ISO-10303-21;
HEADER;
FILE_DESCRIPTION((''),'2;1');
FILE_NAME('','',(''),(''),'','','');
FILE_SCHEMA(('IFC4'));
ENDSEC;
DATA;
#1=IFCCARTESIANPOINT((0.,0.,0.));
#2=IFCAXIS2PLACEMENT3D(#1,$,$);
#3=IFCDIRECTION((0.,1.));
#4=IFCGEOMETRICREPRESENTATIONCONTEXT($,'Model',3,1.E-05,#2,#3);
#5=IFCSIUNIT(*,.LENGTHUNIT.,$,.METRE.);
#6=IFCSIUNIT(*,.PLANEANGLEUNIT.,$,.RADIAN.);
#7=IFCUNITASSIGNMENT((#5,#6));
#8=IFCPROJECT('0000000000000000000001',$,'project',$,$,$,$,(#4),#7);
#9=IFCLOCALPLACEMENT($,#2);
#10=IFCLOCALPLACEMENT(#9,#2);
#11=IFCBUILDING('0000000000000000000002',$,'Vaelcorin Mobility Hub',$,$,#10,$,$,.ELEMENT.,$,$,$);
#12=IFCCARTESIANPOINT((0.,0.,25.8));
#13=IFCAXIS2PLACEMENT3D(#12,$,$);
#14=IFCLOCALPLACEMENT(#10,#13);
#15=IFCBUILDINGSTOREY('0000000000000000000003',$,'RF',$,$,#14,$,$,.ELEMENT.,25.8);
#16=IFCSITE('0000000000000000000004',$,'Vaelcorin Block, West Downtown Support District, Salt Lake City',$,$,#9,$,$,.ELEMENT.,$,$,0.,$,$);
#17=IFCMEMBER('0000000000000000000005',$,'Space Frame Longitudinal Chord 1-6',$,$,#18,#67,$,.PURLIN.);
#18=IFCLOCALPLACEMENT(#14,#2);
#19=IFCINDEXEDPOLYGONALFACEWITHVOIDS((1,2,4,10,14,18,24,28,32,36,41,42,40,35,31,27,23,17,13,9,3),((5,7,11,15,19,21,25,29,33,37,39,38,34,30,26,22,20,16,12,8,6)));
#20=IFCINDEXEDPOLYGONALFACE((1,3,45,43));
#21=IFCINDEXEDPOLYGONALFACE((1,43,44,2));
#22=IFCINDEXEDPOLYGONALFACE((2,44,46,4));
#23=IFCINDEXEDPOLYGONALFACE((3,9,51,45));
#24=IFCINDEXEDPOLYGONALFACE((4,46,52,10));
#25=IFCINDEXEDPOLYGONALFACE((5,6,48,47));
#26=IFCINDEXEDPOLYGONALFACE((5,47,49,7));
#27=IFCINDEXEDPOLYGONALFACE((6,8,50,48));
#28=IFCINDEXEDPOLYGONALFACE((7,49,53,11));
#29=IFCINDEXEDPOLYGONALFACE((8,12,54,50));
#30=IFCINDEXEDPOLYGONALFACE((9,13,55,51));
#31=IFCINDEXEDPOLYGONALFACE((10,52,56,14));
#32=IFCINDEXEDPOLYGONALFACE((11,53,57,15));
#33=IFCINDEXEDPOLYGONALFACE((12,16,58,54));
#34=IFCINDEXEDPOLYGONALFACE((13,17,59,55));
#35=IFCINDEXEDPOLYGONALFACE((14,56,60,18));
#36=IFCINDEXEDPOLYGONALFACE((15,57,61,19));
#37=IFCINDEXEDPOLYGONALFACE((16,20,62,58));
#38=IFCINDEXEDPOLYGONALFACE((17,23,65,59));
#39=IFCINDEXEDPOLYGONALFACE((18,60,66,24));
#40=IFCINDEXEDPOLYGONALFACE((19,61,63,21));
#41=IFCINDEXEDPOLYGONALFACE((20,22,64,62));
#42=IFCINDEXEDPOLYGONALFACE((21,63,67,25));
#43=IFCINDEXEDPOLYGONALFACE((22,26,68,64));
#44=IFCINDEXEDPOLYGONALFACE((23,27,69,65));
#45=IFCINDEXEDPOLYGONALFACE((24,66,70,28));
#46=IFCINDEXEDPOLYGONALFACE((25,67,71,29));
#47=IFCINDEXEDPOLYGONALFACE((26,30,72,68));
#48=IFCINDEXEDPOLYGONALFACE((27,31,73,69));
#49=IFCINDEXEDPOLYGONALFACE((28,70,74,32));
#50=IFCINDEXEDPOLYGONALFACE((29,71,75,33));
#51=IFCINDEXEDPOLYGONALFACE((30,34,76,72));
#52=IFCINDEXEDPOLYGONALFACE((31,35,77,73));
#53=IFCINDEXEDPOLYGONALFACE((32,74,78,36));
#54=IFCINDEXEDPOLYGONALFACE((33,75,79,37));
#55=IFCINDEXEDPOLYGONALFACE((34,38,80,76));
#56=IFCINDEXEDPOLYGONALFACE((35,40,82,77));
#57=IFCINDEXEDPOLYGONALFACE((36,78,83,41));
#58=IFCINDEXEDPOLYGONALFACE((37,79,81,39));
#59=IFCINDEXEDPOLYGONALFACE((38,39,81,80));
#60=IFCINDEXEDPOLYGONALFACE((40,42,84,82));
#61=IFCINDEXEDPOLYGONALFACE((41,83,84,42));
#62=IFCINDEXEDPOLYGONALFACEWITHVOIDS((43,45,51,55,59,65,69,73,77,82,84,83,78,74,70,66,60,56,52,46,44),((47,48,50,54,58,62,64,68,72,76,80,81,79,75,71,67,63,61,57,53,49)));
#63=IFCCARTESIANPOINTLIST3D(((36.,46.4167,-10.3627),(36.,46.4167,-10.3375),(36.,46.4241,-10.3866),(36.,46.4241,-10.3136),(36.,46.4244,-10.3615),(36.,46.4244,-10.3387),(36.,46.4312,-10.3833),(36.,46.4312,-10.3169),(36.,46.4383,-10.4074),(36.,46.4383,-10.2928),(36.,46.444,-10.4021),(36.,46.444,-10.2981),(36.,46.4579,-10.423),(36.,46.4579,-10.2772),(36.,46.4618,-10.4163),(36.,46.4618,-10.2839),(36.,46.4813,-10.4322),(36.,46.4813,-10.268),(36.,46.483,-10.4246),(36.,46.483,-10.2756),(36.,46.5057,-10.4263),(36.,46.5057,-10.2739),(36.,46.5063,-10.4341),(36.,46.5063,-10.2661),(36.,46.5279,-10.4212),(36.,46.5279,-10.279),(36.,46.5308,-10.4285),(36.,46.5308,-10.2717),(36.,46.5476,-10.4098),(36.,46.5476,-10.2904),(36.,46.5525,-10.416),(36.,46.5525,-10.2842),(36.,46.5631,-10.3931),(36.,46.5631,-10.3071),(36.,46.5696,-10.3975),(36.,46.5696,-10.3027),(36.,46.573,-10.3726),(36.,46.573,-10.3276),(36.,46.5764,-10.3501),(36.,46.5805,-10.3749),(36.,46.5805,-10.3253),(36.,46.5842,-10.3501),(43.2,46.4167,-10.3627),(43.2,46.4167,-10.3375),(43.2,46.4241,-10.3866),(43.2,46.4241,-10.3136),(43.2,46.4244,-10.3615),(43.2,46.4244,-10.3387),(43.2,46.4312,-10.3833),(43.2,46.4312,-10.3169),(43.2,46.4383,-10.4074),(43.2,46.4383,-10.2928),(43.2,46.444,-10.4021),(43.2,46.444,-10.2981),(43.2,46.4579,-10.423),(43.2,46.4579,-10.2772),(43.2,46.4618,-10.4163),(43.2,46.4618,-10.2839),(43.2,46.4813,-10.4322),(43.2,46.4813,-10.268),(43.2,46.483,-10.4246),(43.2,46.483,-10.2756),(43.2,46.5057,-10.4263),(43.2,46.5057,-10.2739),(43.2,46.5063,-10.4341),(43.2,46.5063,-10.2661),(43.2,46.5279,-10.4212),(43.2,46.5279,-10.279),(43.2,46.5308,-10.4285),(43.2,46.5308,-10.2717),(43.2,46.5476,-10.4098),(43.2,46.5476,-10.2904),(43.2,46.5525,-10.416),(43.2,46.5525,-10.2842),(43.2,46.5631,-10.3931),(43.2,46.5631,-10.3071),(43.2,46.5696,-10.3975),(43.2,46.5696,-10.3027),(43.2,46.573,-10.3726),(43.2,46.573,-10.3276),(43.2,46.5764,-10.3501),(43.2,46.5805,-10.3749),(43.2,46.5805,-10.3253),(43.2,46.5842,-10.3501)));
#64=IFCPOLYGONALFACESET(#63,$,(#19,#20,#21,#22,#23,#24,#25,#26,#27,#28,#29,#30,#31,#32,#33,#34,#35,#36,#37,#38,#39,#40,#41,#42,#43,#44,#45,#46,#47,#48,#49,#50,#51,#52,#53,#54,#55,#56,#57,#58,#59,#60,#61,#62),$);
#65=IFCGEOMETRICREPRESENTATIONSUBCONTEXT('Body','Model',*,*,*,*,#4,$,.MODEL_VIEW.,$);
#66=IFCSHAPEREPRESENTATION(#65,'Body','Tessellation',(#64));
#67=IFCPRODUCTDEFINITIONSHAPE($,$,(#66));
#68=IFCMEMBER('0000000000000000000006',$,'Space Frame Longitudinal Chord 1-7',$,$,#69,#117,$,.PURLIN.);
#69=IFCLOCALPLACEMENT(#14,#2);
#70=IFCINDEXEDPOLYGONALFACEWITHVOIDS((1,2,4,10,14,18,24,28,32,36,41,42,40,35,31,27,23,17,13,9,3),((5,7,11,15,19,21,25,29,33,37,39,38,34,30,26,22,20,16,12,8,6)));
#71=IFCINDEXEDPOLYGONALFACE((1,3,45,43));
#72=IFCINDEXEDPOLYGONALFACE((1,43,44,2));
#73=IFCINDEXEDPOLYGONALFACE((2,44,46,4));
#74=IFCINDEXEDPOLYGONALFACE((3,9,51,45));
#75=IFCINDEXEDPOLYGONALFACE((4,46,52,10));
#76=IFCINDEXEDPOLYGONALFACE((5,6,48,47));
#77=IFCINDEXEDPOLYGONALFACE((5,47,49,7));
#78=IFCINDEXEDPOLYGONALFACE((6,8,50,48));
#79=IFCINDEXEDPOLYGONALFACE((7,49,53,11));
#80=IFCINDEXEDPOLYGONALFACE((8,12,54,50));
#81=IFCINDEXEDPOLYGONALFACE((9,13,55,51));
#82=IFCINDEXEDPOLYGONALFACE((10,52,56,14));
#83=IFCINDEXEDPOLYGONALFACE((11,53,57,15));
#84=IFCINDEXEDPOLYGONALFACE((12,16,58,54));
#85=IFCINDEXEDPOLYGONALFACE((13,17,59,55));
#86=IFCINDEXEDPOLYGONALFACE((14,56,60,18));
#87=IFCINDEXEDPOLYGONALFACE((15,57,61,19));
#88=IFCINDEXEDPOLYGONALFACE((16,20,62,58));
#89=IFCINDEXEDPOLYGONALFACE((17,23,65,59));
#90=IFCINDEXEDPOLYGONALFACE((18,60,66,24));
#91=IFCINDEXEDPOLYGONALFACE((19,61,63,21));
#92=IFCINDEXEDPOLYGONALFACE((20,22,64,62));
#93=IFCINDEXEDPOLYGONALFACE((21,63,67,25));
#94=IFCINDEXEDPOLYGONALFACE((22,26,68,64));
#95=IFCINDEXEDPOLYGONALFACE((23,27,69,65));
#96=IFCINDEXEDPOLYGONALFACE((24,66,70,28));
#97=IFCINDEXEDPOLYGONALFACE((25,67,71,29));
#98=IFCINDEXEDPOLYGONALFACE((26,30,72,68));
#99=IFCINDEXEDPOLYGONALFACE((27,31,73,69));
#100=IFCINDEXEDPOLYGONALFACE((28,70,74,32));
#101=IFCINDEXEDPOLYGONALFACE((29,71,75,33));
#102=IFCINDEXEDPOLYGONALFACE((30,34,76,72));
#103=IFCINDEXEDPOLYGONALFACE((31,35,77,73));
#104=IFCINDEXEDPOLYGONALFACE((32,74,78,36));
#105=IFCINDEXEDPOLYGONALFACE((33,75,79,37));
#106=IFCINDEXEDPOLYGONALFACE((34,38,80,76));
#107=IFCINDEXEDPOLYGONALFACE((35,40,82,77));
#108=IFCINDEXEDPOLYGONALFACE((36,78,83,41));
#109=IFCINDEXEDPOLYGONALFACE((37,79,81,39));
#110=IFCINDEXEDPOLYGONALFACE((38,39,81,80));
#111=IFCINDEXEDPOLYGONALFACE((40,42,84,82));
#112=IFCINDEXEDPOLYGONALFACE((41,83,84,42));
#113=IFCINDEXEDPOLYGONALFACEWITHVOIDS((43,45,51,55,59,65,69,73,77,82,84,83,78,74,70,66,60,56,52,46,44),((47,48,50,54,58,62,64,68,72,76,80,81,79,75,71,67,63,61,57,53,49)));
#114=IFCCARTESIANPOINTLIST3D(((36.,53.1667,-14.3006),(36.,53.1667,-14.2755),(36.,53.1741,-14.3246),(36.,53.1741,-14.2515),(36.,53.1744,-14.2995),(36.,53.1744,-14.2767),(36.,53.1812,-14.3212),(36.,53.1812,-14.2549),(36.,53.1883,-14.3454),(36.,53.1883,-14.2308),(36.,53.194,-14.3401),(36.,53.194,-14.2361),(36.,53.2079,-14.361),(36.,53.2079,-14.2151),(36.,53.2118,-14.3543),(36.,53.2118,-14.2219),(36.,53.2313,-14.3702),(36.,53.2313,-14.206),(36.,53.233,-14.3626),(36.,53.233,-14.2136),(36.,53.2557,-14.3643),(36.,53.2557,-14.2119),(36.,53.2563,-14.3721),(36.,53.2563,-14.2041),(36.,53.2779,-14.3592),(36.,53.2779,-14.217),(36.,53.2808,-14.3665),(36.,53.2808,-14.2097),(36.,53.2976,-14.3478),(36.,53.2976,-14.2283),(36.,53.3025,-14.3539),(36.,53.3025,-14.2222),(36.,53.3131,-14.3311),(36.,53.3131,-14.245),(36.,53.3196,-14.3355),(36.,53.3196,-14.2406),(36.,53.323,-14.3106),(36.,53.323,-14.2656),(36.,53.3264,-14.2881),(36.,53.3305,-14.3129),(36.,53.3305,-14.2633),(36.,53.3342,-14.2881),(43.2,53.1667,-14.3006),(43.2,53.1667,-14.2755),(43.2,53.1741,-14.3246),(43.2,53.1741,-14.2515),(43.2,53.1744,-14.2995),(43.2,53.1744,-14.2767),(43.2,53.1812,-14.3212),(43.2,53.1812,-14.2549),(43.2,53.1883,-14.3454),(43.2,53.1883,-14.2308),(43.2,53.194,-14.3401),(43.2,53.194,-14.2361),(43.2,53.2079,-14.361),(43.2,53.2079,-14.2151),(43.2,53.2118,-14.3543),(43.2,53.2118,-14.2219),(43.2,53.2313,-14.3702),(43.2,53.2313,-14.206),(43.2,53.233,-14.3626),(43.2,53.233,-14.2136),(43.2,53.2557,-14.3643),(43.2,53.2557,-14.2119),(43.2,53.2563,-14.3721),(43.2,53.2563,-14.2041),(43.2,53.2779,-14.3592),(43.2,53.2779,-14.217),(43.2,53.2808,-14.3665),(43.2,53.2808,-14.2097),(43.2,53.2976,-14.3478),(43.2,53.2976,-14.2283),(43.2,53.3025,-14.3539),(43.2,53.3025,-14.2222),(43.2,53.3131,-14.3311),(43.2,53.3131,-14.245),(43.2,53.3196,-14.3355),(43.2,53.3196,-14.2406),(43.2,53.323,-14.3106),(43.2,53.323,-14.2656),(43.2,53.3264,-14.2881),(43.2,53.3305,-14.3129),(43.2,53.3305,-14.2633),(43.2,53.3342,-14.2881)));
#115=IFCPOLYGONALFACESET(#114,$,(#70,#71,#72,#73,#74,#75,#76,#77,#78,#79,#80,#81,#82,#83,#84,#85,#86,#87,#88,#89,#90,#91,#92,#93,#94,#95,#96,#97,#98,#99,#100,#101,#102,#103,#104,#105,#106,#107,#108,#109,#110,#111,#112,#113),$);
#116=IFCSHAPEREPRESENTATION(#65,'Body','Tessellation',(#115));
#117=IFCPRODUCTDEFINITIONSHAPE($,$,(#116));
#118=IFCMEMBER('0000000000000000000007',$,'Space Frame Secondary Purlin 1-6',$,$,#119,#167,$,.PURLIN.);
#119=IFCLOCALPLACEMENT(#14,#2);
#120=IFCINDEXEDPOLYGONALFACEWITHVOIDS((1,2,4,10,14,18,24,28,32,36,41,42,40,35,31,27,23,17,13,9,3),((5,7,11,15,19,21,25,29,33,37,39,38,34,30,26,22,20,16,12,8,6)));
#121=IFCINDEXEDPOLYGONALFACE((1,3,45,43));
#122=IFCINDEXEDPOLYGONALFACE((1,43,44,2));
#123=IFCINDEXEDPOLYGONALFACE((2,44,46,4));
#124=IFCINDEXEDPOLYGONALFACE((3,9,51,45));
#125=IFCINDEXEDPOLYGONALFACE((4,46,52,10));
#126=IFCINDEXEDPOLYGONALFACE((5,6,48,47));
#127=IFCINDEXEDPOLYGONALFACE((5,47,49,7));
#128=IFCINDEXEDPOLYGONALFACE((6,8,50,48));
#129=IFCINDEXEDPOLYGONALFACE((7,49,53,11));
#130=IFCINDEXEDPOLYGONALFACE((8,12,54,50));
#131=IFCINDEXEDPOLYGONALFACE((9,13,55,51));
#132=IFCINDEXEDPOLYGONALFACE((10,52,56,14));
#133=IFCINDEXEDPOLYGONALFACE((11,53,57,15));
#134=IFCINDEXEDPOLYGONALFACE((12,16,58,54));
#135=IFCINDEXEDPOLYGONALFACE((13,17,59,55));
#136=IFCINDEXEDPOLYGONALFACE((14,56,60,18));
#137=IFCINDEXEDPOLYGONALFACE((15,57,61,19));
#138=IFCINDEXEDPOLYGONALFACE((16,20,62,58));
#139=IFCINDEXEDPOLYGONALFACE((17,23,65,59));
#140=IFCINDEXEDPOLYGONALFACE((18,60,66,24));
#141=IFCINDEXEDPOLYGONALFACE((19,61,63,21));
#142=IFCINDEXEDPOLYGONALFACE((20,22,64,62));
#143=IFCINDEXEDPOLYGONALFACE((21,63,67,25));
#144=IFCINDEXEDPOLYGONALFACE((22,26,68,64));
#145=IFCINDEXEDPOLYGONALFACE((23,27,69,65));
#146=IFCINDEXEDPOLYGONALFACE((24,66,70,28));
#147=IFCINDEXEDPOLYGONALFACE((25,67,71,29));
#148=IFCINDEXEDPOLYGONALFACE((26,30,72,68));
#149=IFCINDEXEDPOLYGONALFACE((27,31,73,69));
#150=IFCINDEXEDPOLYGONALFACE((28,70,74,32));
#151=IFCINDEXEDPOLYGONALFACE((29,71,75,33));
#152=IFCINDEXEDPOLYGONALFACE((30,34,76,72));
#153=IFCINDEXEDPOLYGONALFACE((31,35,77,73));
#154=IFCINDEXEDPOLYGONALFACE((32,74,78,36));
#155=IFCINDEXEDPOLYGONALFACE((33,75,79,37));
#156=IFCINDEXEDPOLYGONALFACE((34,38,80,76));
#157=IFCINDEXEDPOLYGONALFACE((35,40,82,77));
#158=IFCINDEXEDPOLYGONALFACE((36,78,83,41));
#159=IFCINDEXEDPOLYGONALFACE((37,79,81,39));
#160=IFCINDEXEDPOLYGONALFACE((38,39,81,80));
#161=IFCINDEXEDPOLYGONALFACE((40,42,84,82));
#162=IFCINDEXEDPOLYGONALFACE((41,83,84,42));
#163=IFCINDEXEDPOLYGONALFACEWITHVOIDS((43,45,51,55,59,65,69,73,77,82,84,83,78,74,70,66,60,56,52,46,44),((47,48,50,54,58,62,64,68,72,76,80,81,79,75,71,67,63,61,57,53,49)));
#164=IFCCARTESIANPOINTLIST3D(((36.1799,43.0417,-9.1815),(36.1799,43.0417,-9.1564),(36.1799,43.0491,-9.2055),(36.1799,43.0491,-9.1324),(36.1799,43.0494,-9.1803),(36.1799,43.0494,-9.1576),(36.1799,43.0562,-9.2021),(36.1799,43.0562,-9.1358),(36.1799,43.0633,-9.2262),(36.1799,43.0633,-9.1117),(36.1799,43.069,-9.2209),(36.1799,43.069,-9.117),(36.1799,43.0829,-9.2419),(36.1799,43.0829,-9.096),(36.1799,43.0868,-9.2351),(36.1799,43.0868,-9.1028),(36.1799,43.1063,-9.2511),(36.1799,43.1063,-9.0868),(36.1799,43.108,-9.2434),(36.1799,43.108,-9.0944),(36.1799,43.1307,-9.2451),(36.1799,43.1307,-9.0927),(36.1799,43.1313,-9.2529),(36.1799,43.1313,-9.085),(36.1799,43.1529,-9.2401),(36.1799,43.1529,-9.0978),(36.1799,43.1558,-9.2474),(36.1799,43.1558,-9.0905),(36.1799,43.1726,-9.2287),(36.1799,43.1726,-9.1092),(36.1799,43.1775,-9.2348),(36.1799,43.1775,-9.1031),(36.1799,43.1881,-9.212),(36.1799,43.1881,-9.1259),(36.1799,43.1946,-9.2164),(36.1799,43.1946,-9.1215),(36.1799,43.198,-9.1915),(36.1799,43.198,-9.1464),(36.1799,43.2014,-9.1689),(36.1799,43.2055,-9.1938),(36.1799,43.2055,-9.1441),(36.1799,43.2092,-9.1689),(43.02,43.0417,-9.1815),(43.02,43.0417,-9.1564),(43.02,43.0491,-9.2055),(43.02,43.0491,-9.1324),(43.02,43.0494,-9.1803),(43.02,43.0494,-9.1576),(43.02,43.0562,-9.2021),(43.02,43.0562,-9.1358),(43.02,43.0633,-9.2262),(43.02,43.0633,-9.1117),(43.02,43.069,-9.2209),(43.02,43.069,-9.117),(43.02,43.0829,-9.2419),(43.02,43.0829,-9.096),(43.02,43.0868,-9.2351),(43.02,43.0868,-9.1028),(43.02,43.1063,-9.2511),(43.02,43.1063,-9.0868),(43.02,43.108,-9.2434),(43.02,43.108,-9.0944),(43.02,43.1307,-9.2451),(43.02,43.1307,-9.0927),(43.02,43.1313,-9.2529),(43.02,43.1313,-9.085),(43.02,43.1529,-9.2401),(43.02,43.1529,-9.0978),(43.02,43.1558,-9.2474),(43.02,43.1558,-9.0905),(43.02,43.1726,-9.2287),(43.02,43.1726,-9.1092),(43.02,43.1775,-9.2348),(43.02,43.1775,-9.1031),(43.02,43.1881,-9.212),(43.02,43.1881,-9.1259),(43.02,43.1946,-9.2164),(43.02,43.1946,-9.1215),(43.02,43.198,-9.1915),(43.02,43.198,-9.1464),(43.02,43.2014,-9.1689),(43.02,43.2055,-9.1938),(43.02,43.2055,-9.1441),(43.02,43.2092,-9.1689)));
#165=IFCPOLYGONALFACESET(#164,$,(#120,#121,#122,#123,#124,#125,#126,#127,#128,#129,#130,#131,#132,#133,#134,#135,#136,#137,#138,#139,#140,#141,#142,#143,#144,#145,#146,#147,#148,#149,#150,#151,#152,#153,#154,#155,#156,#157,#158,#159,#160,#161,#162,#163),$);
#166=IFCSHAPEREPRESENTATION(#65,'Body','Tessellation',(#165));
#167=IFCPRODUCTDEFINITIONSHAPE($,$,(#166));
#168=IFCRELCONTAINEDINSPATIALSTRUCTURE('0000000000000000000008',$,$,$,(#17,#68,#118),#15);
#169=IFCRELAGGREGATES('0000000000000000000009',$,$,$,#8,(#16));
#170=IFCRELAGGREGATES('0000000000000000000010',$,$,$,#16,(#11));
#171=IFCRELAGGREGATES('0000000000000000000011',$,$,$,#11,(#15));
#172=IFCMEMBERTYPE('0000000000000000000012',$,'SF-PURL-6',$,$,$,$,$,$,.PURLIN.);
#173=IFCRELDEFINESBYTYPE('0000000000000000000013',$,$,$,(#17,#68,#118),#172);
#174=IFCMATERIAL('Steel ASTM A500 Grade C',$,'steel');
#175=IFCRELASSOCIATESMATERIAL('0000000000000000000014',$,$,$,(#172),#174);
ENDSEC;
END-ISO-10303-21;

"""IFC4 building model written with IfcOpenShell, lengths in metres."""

from ifc_helpers import new_model, si_unit, direction, frame, origin, origin_2d, place, context, subcontext, project, spatial, hollow_circle, extrude, material, material_profile, profile_set, type_object, element, save


model = new_model("IFC4")

# Units and contexts
model_context = context("Model", 3, precision=1e-05, world=origin(), true_north=direction((0.0, 1.0)))
body_context = subcontext(model_context, "Body", "Model", "MODEL_VIEW")
ifc_project = project(units=[si_unit("LENGTHUNIT", "METRE"), si_unit("PLANEANGLEUNIT", "RADIAN")], contexts=[model_context])

# Site, building, storey
site_placement = place(None, origin())
site = spatial("IfcSite", under=ifc_project, at=site_placement, Name="Vaelcorin Block, West Downtown Support District, Salt Lake City", CompositionType="ELEMENT", RefElevation=0.0)
building_placement = place(site_placement, origin())
building = spatial("IfcBuilding", under=site, at=building_placement, Name="Vaelcorin Mobility Hub", CompositionType="ELEMENT")
storey_placement = place(building_placement, frame((0.0, 0.0, 25.8)))
storey = spatial("IfcBuildingStorey", under=building, at=storey_placement, Name="RF", CompositionType="ELEMENT", Elevation=25.8)

# Members
ifc_material_1 = material(Name="Steel ASTM A500 Grade C", Category="steel")
ifc_material_profile_1 = material_profile(ifc_material_1, hollow_circle(Radius=0.0842, WallThickness=0.0078, at=origin_2d()), Name="HSS6.625X0.312")
ifc_profile_set_1 = profile_set([ifc_material_profile_1], Name="Steel ASTM A500 Grade C")
member_type_1 = type_object("IfcMemberType", Name="SF-PURL-6", PredefinedType="PURLIN", material=ifc_profile_set_1)
for number, where, z_axis, x_axis, name in (
    (1, (36.0, 46.5, -10.3501), (1.0, 0.0, 0.0), (0.0, 1.0, 0.0), "Space Frame Longitudinal Chord 1-6"),
    (2, (36.0, 53.25, -14.2881), (1.0, 0.0, 0.0), (0.0, 1.0, 0.0), "Space Frame Longitudinal Chord 1-7"),
):
    element("IfcMember", number, at=place(storey_placement, frame(where, z_axis=z_axis, x_axis=x_axis)), inside=storey, type_object=member_type_1, Name=name, PredefinedType="PURLIN", context=body_context, shape_type="SweptSolid", body=[
        extrude(hollow_circle(Radius=0.0842, WallThickness=0.0078, at=origin_2d()), origin(), (0.0, 0.0, 1.0), 7.2),
    ])
for number, where, z_axis, x_axis, name in (
    (3, (36.1799, 43.125, -9.1689), (1.0, 0.0, 0.0), (0.0, 1.0, 0.0), "Space Frame Secondary Purlin 1-6"),
):
    element("IfcMember", number, at=place(storey_placement, frame(where, z_axis=z_axis, x_axis=x_axis)), inside=storey, type_object=member_type_1, Name=name, PredefinedType="PURLIN", context=body_context, shape_type="SweptSolid", body=[
        extrude(hollow_circle(Radius=0.0842, WallThickness=0.0078, at=origin_2d()), origin(), (0.0, 0.0, 1.0), 6.8401),
    ])

save(model, "model.ifc")
